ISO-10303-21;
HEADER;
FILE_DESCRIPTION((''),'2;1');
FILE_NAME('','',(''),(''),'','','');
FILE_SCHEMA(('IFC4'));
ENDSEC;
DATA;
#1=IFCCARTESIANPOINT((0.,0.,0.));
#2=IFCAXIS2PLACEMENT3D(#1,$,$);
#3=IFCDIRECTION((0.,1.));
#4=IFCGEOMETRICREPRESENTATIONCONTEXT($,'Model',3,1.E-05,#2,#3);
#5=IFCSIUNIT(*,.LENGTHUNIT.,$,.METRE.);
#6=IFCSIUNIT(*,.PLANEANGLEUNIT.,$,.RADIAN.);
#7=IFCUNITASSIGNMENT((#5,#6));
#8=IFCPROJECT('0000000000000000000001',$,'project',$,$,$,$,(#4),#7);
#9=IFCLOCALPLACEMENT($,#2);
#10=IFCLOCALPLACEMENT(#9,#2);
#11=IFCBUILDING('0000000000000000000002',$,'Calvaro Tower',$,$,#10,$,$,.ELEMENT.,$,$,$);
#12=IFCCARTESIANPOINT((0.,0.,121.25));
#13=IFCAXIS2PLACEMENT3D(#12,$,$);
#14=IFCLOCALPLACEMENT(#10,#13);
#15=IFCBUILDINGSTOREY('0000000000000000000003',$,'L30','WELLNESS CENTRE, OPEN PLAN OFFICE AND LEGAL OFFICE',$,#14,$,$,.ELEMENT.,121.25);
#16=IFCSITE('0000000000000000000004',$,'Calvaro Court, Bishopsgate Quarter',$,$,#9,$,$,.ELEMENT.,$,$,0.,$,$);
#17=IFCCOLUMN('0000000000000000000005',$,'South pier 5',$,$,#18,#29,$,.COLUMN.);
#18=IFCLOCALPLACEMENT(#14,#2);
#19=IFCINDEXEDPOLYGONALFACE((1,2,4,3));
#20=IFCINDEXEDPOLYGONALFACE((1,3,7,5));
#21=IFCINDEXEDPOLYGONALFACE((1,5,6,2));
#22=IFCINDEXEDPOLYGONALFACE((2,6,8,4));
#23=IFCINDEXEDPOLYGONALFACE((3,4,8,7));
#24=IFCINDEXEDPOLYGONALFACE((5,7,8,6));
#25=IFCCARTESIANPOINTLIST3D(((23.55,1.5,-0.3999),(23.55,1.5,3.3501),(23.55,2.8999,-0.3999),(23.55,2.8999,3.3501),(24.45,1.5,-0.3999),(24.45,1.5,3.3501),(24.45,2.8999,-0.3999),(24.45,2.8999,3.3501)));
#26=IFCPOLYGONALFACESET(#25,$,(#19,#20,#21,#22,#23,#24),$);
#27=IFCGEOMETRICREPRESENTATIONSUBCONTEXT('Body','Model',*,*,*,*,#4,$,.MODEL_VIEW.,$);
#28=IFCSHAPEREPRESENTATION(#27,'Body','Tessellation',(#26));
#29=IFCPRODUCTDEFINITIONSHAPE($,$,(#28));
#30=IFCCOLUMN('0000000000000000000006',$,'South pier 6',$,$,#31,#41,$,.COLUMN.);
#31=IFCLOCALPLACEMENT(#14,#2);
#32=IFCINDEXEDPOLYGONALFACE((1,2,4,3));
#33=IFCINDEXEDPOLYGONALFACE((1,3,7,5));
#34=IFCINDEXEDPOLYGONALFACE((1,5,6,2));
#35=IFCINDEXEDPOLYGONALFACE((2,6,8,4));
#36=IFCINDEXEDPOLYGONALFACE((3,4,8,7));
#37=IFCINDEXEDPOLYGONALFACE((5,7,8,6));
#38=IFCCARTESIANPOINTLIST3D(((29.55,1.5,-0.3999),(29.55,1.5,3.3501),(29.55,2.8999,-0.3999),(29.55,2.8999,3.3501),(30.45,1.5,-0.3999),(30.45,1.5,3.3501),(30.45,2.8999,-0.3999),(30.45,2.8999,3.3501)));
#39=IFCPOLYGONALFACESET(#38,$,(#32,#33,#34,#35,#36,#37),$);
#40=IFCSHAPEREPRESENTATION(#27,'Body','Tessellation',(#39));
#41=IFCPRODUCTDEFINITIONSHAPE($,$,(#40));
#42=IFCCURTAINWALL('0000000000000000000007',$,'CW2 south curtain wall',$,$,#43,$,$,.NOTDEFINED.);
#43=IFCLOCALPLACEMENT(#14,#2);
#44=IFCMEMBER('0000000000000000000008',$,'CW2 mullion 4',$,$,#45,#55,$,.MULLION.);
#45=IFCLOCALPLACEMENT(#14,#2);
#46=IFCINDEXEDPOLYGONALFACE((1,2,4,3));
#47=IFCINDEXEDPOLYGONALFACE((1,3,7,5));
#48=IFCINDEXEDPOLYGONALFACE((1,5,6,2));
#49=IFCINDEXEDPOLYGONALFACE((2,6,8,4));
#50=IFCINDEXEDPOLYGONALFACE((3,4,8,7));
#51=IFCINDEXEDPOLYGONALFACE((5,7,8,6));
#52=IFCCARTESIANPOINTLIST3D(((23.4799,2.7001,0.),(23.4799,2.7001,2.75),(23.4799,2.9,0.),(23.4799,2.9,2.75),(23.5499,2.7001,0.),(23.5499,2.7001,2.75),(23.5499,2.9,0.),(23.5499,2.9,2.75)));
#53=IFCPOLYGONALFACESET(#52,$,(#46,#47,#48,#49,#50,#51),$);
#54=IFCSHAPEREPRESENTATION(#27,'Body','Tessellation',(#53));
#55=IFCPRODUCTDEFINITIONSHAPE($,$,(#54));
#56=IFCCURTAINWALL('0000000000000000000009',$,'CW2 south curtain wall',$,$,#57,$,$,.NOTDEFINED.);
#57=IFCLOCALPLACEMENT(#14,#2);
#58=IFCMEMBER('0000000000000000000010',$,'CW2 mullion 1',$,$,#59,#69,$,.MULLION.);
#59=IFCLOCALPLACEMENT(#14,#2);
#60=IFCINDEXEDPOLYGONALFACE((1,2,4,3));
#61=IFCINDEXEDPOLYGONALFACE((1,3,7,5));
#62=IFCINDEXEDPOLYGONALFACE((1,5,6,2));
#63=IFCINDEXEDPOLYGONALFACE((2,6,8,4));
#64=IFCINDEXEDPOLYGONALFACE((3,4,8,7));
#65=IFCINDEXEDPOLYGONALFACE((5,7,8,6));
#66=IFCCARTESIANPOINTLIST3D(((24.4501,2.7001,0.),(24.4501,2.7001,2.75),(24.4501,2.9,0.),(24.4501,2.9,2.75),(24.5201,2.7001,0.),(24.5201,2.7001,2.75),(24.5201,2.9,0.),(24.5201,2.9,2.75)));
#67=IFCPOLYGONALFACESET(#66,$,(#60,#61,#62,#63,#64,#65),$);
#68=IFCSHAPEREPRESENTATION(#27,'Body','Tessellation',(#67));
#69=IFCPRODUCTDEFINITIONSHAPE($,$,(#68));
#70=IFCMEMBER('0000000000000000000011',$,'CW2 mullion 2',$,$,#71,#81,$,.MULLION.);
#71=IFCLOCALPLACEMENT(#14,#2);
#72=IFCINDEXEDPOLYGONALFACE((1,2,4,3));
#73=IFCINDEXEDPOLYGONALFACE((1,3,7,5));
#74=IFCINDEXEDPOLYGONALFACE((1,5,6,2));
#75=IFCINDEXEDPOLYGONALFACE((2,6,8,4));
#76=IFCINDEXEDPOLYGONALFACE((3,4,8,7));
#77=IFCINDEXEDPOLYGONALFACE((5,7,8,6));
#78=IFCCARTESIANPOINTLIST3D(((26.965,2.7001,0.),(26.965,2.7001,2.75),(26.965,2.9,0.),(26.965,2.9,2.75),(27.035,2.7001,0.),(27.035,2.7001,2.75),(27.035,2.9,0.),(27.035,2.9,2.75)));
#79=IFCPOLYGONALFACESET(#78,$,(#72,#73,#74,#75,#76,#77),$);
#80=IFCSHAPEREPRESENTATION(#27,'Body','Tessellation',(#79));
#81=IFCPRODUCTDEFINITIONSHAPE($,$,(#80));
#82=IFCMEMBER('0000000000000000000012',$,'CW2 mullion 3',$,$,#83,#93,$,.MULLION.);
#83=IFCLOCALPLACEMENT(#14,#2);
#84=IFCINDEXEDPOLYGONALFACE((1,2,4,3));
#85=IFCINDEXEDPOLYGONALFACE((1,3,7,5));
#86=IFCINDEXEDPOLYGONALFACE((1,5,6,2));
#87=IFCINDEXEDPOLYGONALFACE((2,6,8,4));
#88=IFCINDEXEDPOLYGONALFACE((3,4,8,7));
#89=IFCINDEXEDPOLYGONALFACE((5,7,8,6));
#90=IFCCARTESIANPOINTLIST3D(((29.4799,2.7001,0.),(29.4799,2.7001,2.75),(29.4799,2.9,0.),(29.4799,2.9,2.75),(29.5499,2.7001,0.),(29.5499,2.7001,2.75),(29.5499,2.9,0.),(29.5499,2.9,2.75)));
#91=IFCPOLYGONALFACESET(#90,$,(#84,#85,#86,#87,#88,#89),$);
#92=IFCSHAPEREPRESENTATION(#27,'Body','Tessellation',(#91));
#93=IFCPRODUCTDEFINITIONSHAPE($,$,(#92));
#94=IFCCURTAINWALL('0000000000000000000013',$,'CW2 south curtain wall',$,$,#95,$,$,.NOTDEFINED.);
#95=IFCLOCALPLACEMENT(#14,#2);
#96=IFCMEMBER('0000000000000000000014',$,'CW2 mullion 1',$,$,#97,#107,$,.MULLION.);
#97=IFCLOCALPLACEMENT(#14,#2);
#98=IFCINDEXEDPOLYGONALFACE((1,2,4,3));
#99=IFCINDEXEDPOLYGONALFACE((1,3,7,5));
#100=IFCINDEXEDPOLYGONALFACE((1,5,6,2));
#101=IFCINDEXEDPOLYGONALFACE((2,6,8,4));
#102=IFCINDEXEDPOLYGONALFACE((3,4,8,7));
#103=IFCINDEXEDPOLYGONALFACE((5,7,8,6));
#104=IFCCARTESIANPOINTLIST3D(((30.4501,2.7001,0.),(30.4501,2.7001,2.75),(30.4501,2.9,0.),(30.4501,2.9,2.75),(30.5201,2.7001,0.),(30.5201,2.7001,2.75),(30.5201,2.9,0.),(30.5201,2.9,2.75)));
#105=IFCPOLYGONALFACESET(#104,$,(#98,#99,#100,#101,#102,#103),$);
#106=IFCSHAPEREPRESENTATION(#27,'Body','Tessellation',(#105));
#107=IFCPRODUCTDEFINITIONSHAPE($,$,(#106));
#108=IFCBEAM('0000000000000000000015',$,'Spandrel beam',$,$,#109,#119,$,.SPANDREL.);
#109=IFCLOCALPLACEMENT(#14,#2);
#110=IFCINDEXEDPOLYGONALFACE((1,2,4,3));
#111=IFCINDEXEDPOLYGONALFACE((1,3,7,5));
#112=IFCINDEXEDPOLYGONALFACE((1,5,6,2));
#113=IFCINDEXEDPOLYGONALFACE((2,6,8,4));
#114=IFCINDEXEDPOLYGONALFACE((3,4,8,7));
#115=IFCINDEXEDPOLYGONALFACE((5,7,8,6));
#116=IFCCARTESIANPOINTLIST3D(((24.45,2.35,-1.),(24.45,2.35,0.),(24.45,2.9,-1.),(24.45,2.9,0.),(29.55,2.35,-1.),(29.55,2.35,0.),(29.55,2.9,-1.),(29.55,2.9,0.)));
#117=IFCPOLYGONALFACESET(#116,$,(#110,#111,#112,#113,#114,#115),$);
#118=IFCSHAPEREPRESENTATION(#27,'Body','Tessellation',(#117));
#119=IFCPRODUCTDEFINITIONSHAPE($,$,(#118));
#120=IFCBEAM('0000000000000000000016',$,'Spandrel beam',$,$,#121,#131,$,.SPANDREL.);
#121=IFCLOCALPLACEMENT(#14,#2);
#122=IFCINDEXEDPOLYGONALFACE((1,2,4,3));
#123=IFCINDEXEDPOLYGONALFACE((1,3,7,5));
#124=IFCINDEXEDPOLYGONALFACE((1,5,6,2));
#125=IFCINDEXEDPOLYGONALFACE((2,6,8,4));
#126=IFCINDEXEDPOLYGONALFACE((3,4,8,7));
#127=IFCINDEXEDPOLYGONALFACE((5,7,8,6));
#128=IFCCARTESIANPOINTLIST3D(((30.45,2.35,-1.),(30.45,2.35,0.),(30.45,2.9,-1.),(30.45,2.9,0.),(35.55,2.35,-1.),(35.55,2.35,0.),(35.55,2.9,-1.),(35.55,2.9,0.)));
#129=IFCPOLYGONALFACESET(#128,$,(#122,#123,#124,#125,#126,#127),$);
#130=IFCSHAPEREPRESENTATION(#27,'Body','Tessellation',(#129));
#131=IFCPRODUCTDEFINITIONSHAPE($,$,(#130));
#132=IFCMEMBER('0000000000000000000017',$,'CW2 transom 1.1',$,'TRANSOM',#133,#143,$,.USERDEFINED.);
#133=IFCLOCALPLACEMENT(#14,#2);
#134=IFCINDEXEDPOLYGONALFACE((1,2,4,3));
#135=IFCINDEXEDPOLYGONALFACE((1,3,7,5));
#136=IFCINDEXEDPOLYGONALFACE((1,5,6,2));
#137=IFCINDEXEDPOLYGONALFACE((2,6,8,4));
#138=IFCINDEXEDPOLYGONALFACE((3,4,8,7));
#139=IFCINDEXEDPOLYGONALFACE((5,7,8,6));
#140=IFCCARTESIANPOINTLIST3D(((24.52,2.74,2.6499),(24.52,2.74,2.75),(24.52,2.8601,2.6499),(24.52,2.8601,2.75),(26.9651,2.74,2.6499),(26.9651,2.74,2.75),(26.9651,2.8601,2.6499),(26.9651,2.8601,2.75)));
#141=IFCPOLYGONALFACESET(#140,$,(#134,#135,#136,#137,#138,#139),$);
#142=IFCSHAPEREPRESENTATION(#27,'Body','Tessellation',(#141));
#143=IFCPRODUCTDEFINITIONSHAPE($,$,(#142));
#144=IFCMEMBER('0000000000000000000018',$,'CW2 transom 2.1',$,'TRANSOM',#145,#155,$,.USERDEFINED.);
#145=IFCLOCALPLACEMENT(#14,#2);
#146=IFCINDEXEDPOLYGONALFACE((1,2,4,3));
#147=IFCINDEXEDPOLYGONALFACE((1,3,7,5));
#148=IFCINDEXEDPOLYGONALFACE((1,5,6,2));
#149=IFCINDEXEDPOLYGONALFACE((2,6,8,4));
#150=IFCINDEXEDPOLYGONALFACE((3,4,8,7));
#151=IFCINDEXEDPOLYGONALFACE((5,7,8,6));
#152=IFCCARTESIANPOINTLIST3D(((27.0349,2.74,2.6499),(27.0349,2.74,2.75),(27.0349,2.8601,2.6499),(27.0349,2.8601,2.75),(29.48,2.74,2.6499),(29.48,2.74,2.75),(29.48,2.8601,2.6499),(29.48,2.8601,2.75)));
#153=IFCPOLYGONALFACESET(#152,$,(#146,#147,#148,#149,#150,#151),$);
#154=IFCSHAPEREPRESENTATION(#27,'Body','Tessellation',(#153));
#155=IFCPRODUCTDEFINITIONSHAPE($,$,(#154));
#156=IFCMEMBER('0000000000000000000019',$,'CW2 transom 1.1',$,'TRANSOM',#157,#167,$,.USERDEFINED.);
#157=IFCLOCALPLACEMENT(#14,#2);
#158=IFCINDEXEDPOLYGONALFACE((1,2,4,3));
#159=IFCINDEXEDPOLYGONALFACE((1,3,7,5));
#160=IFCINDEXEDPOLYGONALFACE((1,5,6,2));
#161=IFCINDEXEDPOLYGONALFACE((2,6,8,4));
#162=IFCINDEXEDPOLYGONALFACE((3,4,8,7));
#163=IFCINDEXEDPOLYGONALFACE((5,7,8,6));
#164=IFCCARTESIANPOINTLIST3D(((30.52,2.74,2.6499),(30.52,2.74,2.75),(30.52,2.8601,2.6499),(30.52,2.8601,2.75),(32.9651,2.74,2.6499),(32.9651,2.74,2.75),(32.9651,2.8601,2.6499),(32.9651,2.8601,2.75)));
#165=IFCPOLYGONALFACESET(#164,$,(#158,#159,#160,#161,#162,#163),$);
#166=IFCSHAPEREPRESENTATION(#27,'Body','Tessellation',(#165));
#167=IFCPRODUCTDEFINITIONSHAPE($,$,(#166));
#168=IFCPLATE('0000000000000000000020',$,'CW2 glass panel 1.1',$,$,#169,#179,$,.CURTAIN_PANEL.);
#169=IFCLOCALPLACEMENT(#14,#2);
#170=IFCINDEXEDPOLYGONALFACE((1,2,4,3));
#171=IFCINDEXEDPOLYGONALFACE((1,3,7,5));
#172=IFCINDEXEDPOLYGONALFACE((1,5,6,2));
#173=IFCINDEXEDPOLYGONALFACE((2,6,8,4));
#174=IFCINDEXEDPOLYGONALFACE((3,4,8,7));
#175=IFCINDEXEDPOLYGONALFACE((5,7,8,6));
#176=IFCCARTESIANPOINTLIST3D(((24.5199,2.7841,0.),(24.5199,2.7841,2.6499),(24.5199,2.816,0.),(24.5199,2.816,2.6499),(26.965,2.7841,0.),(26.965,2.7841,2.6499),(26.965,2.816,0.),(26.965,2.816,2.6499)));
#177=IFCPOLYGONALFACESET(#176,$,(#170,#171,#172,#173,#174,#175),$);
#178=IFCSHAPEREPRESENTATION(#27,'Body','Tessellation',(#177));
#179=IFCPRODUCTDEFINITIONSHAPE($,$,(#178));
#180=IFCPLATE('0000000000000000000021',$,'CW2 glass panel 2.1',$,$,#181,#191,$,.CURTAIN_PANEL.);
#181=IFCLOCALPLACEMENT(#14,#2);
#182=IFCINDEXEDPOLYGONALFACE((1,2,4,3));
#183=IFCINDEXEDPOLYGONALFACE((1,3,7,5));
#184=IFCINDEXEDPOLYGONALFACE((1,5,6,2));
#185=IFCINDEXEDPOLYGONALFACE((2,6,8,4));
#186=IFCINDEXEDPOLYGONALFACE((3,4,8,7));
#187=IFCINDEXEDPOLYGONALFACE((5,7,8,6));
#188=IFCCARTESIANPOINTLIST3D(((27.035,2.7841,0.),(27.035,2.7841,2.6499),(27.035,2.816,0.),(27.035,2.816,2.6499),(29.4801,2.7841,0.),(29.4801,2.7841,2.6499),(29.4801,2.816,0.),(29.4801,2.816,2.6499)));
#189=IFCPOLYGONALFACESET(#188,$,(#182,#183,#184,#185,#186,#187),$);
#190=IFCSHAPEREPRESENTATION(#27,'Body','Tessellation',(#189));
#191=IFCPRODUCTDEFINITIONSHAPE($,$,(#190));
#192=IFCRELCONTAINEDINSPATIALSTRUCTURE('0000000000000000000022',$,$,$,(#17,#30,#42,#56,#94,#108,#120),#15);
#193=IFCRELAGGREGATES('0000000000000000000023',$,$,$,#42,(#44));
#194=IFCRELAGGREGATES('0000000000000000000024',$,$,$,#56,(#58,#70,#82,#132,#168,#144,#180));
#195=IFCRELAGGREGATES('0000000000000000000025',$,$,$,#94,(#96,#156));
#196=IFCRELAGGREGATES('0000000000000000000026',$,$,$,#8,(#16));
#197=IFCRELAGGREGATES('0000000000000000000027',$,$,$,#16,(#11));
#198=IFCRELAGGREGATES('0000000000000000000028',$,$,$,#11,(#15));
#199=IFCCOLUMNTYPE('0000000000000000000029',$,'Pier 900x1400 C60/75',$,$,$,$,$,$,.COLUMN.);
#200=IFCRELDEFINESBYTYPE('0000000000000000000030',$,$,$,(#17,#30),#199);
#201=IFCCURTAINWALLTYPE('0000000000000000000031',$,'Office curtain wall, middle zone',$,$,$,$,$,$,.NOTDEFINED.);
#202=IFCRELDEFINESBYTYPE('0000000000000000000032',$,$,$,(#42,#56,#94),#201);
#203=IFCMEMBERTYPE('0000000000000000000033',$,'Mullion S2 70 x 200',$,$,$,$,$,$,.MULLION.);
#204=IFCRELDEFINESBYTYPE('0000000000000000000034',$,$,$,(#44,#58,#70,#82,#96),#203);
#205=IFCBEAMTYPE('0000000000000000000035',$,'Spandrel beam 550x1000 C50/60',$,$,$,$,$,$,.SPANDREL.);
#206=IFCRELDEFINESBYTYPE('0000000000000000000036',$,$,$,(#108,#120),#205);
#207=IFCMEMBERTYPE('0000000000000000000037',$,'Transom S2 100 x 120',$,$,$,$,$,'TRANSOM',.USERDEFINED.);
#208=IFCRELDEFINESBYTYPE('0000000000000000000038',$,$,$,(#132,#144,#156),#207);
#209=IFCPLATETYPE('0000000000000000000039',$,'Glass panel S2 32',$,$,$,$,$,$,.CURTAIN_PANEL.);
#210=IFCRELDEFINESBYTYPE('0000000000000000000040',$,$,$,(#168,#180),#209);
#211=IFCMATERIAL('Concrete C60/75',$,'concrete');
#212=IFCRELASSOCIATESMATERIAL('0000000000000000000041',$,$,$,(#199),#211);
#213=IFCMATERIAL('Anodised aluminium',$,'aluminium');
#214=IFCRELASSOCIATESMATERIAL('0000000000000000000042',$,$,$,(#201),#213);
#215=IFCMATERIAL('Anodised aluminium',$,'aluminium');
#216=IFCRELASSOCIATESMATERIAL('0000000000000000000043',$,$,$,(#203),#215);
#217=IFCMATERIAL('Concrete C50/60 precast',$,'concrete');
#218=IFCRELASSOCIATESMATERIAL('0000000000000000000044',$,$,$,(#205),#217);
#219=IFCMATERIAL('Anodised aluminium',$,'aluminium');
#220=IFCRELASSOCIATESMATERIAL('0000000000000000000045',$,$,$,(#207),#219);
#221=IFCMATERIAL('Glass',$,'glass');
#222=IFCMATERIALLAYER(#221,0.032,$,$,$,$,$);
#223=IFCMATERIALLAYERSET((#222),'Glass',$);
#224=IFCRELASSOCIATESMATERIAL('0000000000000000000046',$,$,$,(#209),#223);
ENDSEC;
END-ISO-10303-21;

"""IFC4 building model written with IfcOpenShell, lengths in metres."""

from ifc_helpers import new_model, si_unit, direction, frame, origin, origin_2d, place, context, subcontext, project, spatial, rectangle, extrude, material, layer, layer_set, material_profile, profile_set, type_object, element, aggregate, save


model = new_model("IFC4")

# Units and contexts
model_context = context("Model", 3, precision=1e-05, world=origin(), true_north=direction((0.0, 1.0)))
body_context = subcontext(model_context, "Body", "Model", "MODEL_VIEW")
ifc_project = project(units=[si_unit("LENGTHUNIT", "METRE"), si_unit("PLANEANGLEUNIT", "RADIAN")], contexts=[model_context])

# Site, building, storey
site_placement = place(None, origin())
site = spatial("IfcSite", under=ifc_project, at=site_placement, Name="Calvaro Court, Bishopsgate Quarter", CompositionType="ELEMENT", RefElevation=0.0)
building_placement = place(site_placement, origin())
building = spatial("IfcBuilding", under=site, at=building_placement, Name="Calvaro Tower", CompositionType="ELEMENT")
storey_placement = place(building_placement, frame((0.0, 0.0, 121.25)))
storey = spatial("IfcBuildingStorey", under=building, at=storey_placement, Name="L30", Description="WELLNESS CENTRE, OPEN PLAN OFFICE AND LEGAL OFFICE", CompositionType="ELEMENT", Elevation=121.25)

# Columns
ifc_material_1 = material(Name="Concrete C60/75", Category="concrete")
ifc_material_profile_1 = material_profile(ifc_material_1, rectangle(XDim=0.8999, YDim=1.3999, at=origin_2d()), Name="RC 900x1400")
ifc_profile_set_1 = profile_set([ifc_material_profile_1], Name="Concrete C60/75")
column_type = type_object("IfcColumnType", Name="Pier 900x1400 C60/75", PredefinedType="COLUMN", material=ifc_profile_set_1)
for number, where, z_axis, x_axis, name in (
    (1, (24.0, 2.2, -0.3999), (0.0, 0.0, 1.0), (1.0, 0.0, 0.0), "South pier 5"),
    (2, (30.0, 2.2, -0.3999), (0.0, 0.0, 1.0), (1.0, 0.0, 0.0), "South pier 6"),
):
    element("IfcColumn", number, at=place(storey_placement, frame(where, z_axis=z_axis, x_axis=x_axis)), inside=storey, type_object=column_type, Name=name, PredefinedType="COLUMN", context=body_context, shape_type="SweptSolid", body=[
        extrude(rectangle(XDim=0.8999, YDim=1.3999, at=origin_2d()), origin(), (0.0, 0.0, 1.0), 3.75),
    ])

# Curtain wall, member
ifc_material_2 = material(Name="Anodised aluminium", Category="aluminium")
curtain_wall_type = type_object("IfcCurtainWallType", Name="Office curtain wall, middle zone", PredefinedType="NOTDEFINED", material=ifc_material_2)
curtain_wall_1_placement = place(storey_placement, origin())
curtain_wall_1 = element("IfcCurtainWall", 3, at=curtain_wall_1_placement, inside=storey, type_object=curtain_wall_type, Name="CW2 south curtain wall", PredefinedType="NOTDEFINED")
ifc_material_3 = material(Name="Anodised aluminium", Category="aluminium")
ifc_material_profile_2 = material_profile(ifc_material_3, rectangle(XDim=0.2, YDim=0.0701, at=origin_2d()), Name="Mullion S2 70 x 200")
ifc_profile_set_2 = profile_set([ifc_material_profile_2], Name="Anodised aluminium")
member_type_1 = type_object("IfcMemberType", Name="Mullion S2 70 x 200", PredefinedType="MULLION", material=ifc_profile_set_2)
member_1_placement = place(storey_placement, frame((23.5149, 2.8, 0.0), z_axis=(0.0, 0.0, 1.0), x_axis=(0.0, 1.0, 0.0)))
member_1 = element("IfcMember", 4, at=member_1_placement, type_object=member_type_1, Name="CW2 mullion 4", PredefinedType="MULLION", context=body_context, shape_type="SweptSolid", body=[
    extrude(rectangle(XDim=0.2, YDim=0.0701, at=origin_2d()), origin(), (0.0, 0.0, 1.0), 2.75),
])
aggregate(curtain_wall_1, [member_1])

# Curtain wall, members
curtain_wall_2_placement = place(storey_placement, origin())
curtain_wall_2 = element("IfcCurtainWall", 5, at=curtain_wall_2_placement, inside=storey, type_object=curtain_wall_type, Name="CW2 south curtain wall", PredefinedType="NOTDEFINED")
member_2_placement = place(storey_placement, frame((24.4851, 2.8, 0.0), z_axis=(0.0, 0.0, 1.0), x_axis=(0.0, 1.0, 0.0)))
member_2 = element("IfcMember", 6, at=member_2_placement, type_object=member_type_1, Name="CW2 mullion 1", PredefinedType="MULLION", context=body_context, shape_type="SweptSolid", body=[
    extrude(rectangle(XDim=0.2, YDim=0.0701, at=origin_2d()), origin(), (0.0, 0.0, 1.0), 2.75),
])
member_3_placement = place(storey_placement, frame((27.0, 2.8, 0.0), z_axis=(0.0, 0.0, 1.0), x_axis=(0.0, 1.0, 0.0)))
member_3 = element("IfcMember", 7, at=member_3_placement, type_object=member_type_1, Name="CW2 mullion 2", PredefinedType="MULLION", context=body_context, shape_type="SweptSolid", body=[
    extrude(rectangle(XDim=0.2, YDim=0.0701, at=origin_2d()), origin(), (0.0, 0.0, 1.0), 2.75),
])
member_4_placement = place(storey_placement, frame((29.5149, 2.8, 0.0), z_axis=(0.0, 0.0, 1.0), x_axis=(0.0, 1.0, 0.0)))
member_4 = element("IfcMember", 8, at=member_4_placement, type_object=member_type_1, Name="CW2 mullion 3", PredefinedType="MULLION", context=body_context, shape_type="SweptSolid", body=[
    extrude(rectangle(XDim=0.2, YDim=0.0701, at=origin_2d()), origin(), (0.0, 0.0, 1.0), 2.75),
])

# Curtain wall, member
curtain_wall_3_placement = place(storey_placement, origin())
curtain_wall_3 = element("IfcCurtainWall", 9, at=curtain_wall_3_placement, inside=storey, type_object=curtain_wall_type, Name="CW2 south curtain wall", PredefinedType="NOTDEFINED")
member_5_placement = place(storey_placement, frame((30.4851, 2.8, 0.0), z_axis=(0.0, 0.0, 1.0), x_axis=(0.0, 1.0, 0.0)))
member_5 = element("IfcMember", 10, at=member_5_placement, type_object=member_type_1, Name="CW2 mullion 1", PredefinedType="MULLION", context=body_context, shape_type="SweptSolid", body=[
    extrude(rectangle(XDim=0.2, YDim=0.0701, at=origin_2d()), origin(), (0.0, 0.0, 1.0), 2.75),
])

# Beams
ifc_material_4 = material(Name="Concrete C50/60 precast", Category="concrete")
ifc_material_profile_3 = material_profile(ifc_material_4, rectangle(XDim=0.55, YDim=1.0, at=origin_2d()), Name="RC 550x1000")
ifc_profile_set_3 = profile_set([ifc_material_profile_3], Name="Concrete C50/60 precast")
beam_type = type_object("IfcBeamType", Name="Spandrel beam 550x1000 C50/60", PredefinedType="SPANDREL", material=ifc_profile_set_3)
for number, where, z_axis, x_axis, name in (
    (11, (24.45, 2.625, -0.5), (1.0, 0.0, 0.0), (0.0, 1.0, 0.0), "Spandrel beam"),
    (12, (30.45, 2.625, -0.5), (1.0, 0.0, 0.0), (0.0, 1.0, 0.0), "Spandrel beam"),
):
    element("IfcBeam", number, at=place(storey_placement, frame(where, z_axis=z_axis, x_axis=x_axis)), inside=storey, type_object=beam_type, Name=name, PredefinedType="SPANDREL", context=body_context, shape_type="SweptSolid", body=[
        extrude(rectangle(XDim=0.55, YDim=1.0, at=origin_2d()), origin(), (0.0, 0.0, 1.0), 5.1001),
    ])

# Members
ifc_material_5 = material(Name="Anodised aluminium", Category="aluminium")
ifc_material_profile_4 = material_profile(ifc_material_5, rectangle(XDim=0.1201, YDim=0.1001, at=origin_2d()), Name="Transom S2 100 x 120")
ifc_profile_set_4 = profile_set([ifc_material_profile_4], Name="Anodised aluminium")
member_type_2 = type_object("IfcMemberType", Name="Transom S2 100 x 120", ElementType="TRANSOM", PredefinedType="USERDEFINED", material=ifc_profile_set_4)
member_6_placement = place(storey_placement, frame((24.52, 2.8, 2.7), z_axis=(1.0, 0.0, 0.0), x_axis=(0.0, 1.0, 0.0)))
member_6 = element("IfcMember", 13, at=member_6_placement, type_object=member_type_2, Name="CW2 transom 1.1", ObjectType="TRANSOM", PredefinedType="USERDEFINED", context=body_context, shape_type="SweptSolid", body=[
    extrude(rectangle(XDim=0.1201, YDim=0.1001, at=origin_2d()), origin(), (0.0, 0.0, 1.0), 2.4451),
])
member_7_placement = place(storey_placement, frame((27.0349, 2.8, 2.7), z_axis=(1.0, 0.0, 0.0), x_axis=(0.0, 1.0, 0.0)))
member_7 = element("IfcMember", 14, at=member_7_placement, type_object=member_type_2, Name="CW2 transom 2.1", ObjectType="TRANSOM", PredefinedType="USERDEFINED", context=body_context, shape_type="SweptSolid", body=[
    extrude(rectangle(XDim=0.1201, YDim=0.1001, at=origin_2d()), origin(), (0.0, 0.0, 1.0), 2.4451),
])
member_8_placement = place(storey_placement, frame((30.52, 2.8, 2.7), z_axis=(1.0, 0.0, 0.0), x_axis=(0.0, 1.0, 0.0)))
member_8 = element("IfcMember", 15, at=member_8_placement, type_object=member_type_2, Name="CW2 transom 1.1", ObjectType="TRANSOM", PredefinedType="USERDEFINED", context=body_context, shape_type="SweptSolid", body=[
    extrude(rectangle(XDim=0.1201, YDim=0.1001, at=origin_2d()), origin(), (0.0, 0.0, 1.0), 2.4451),
])

# Plates
ifc_material_6 = material(Name="Glass", Category="glass")
ifc_layer = layer(ifc_material_6, 0.032)
ifc_layer_set = layer_set([ifc_layer], Name="Glass")
plate_type = type_object("IfcPlateType", Name="Glass panel S2 32", PredefinedType="CURTAIN_PANEL", material=ifc_layer_set)
plate_1_placement = place(storey_placement, frame((25.7424, 2.8, 0.0), z_axis=(0.0, 0.0, 1.0), x_axis=(1.0, 0.0, 0.0)))
plate_1 = element("IfcPlate", 16, at=plate_1_placement, type_object=plate_type, Name="CW2 glass panel 1.1", PredefinedType="CURTAIN_PANEL", context=body_context, shape_type="SweptSolid", body=[
    extrude(rectangle(XDim=2.4451, YDim=0.032, at=origin_2d()), origin(), (0.0, 0.0, 1.0), 2.6499),
])
plate_2_placement = place(storey_placement, frame((28.2576, 2.8, 0.0), z_axis=(0.0, 0.0, 1.0), x_axis=(1.0, 0.0, 0.0)))
plate_2 = element("IfcPlate", 17, at=plate_2_placement, type_object=plate_type, Name="CW2 glass panel 2.1", PredefinedType="CURTAIN_PANEL", context=body_context, shape_type="SweptSolid", body=[
    extrude(rectangle(XDim=2.4451, YDim=0.032, at=origin_2d()), origin(), (0.0, 0.0, 1.0), 2.6499),
])
aggregate(curtain_wall_2, [member_2, member_3, member_4, member_6, plate_1, member_7, plate_2])
aggregate(curtain_wall_3, [member_5, member_8])

save(model, "model.ifc")
